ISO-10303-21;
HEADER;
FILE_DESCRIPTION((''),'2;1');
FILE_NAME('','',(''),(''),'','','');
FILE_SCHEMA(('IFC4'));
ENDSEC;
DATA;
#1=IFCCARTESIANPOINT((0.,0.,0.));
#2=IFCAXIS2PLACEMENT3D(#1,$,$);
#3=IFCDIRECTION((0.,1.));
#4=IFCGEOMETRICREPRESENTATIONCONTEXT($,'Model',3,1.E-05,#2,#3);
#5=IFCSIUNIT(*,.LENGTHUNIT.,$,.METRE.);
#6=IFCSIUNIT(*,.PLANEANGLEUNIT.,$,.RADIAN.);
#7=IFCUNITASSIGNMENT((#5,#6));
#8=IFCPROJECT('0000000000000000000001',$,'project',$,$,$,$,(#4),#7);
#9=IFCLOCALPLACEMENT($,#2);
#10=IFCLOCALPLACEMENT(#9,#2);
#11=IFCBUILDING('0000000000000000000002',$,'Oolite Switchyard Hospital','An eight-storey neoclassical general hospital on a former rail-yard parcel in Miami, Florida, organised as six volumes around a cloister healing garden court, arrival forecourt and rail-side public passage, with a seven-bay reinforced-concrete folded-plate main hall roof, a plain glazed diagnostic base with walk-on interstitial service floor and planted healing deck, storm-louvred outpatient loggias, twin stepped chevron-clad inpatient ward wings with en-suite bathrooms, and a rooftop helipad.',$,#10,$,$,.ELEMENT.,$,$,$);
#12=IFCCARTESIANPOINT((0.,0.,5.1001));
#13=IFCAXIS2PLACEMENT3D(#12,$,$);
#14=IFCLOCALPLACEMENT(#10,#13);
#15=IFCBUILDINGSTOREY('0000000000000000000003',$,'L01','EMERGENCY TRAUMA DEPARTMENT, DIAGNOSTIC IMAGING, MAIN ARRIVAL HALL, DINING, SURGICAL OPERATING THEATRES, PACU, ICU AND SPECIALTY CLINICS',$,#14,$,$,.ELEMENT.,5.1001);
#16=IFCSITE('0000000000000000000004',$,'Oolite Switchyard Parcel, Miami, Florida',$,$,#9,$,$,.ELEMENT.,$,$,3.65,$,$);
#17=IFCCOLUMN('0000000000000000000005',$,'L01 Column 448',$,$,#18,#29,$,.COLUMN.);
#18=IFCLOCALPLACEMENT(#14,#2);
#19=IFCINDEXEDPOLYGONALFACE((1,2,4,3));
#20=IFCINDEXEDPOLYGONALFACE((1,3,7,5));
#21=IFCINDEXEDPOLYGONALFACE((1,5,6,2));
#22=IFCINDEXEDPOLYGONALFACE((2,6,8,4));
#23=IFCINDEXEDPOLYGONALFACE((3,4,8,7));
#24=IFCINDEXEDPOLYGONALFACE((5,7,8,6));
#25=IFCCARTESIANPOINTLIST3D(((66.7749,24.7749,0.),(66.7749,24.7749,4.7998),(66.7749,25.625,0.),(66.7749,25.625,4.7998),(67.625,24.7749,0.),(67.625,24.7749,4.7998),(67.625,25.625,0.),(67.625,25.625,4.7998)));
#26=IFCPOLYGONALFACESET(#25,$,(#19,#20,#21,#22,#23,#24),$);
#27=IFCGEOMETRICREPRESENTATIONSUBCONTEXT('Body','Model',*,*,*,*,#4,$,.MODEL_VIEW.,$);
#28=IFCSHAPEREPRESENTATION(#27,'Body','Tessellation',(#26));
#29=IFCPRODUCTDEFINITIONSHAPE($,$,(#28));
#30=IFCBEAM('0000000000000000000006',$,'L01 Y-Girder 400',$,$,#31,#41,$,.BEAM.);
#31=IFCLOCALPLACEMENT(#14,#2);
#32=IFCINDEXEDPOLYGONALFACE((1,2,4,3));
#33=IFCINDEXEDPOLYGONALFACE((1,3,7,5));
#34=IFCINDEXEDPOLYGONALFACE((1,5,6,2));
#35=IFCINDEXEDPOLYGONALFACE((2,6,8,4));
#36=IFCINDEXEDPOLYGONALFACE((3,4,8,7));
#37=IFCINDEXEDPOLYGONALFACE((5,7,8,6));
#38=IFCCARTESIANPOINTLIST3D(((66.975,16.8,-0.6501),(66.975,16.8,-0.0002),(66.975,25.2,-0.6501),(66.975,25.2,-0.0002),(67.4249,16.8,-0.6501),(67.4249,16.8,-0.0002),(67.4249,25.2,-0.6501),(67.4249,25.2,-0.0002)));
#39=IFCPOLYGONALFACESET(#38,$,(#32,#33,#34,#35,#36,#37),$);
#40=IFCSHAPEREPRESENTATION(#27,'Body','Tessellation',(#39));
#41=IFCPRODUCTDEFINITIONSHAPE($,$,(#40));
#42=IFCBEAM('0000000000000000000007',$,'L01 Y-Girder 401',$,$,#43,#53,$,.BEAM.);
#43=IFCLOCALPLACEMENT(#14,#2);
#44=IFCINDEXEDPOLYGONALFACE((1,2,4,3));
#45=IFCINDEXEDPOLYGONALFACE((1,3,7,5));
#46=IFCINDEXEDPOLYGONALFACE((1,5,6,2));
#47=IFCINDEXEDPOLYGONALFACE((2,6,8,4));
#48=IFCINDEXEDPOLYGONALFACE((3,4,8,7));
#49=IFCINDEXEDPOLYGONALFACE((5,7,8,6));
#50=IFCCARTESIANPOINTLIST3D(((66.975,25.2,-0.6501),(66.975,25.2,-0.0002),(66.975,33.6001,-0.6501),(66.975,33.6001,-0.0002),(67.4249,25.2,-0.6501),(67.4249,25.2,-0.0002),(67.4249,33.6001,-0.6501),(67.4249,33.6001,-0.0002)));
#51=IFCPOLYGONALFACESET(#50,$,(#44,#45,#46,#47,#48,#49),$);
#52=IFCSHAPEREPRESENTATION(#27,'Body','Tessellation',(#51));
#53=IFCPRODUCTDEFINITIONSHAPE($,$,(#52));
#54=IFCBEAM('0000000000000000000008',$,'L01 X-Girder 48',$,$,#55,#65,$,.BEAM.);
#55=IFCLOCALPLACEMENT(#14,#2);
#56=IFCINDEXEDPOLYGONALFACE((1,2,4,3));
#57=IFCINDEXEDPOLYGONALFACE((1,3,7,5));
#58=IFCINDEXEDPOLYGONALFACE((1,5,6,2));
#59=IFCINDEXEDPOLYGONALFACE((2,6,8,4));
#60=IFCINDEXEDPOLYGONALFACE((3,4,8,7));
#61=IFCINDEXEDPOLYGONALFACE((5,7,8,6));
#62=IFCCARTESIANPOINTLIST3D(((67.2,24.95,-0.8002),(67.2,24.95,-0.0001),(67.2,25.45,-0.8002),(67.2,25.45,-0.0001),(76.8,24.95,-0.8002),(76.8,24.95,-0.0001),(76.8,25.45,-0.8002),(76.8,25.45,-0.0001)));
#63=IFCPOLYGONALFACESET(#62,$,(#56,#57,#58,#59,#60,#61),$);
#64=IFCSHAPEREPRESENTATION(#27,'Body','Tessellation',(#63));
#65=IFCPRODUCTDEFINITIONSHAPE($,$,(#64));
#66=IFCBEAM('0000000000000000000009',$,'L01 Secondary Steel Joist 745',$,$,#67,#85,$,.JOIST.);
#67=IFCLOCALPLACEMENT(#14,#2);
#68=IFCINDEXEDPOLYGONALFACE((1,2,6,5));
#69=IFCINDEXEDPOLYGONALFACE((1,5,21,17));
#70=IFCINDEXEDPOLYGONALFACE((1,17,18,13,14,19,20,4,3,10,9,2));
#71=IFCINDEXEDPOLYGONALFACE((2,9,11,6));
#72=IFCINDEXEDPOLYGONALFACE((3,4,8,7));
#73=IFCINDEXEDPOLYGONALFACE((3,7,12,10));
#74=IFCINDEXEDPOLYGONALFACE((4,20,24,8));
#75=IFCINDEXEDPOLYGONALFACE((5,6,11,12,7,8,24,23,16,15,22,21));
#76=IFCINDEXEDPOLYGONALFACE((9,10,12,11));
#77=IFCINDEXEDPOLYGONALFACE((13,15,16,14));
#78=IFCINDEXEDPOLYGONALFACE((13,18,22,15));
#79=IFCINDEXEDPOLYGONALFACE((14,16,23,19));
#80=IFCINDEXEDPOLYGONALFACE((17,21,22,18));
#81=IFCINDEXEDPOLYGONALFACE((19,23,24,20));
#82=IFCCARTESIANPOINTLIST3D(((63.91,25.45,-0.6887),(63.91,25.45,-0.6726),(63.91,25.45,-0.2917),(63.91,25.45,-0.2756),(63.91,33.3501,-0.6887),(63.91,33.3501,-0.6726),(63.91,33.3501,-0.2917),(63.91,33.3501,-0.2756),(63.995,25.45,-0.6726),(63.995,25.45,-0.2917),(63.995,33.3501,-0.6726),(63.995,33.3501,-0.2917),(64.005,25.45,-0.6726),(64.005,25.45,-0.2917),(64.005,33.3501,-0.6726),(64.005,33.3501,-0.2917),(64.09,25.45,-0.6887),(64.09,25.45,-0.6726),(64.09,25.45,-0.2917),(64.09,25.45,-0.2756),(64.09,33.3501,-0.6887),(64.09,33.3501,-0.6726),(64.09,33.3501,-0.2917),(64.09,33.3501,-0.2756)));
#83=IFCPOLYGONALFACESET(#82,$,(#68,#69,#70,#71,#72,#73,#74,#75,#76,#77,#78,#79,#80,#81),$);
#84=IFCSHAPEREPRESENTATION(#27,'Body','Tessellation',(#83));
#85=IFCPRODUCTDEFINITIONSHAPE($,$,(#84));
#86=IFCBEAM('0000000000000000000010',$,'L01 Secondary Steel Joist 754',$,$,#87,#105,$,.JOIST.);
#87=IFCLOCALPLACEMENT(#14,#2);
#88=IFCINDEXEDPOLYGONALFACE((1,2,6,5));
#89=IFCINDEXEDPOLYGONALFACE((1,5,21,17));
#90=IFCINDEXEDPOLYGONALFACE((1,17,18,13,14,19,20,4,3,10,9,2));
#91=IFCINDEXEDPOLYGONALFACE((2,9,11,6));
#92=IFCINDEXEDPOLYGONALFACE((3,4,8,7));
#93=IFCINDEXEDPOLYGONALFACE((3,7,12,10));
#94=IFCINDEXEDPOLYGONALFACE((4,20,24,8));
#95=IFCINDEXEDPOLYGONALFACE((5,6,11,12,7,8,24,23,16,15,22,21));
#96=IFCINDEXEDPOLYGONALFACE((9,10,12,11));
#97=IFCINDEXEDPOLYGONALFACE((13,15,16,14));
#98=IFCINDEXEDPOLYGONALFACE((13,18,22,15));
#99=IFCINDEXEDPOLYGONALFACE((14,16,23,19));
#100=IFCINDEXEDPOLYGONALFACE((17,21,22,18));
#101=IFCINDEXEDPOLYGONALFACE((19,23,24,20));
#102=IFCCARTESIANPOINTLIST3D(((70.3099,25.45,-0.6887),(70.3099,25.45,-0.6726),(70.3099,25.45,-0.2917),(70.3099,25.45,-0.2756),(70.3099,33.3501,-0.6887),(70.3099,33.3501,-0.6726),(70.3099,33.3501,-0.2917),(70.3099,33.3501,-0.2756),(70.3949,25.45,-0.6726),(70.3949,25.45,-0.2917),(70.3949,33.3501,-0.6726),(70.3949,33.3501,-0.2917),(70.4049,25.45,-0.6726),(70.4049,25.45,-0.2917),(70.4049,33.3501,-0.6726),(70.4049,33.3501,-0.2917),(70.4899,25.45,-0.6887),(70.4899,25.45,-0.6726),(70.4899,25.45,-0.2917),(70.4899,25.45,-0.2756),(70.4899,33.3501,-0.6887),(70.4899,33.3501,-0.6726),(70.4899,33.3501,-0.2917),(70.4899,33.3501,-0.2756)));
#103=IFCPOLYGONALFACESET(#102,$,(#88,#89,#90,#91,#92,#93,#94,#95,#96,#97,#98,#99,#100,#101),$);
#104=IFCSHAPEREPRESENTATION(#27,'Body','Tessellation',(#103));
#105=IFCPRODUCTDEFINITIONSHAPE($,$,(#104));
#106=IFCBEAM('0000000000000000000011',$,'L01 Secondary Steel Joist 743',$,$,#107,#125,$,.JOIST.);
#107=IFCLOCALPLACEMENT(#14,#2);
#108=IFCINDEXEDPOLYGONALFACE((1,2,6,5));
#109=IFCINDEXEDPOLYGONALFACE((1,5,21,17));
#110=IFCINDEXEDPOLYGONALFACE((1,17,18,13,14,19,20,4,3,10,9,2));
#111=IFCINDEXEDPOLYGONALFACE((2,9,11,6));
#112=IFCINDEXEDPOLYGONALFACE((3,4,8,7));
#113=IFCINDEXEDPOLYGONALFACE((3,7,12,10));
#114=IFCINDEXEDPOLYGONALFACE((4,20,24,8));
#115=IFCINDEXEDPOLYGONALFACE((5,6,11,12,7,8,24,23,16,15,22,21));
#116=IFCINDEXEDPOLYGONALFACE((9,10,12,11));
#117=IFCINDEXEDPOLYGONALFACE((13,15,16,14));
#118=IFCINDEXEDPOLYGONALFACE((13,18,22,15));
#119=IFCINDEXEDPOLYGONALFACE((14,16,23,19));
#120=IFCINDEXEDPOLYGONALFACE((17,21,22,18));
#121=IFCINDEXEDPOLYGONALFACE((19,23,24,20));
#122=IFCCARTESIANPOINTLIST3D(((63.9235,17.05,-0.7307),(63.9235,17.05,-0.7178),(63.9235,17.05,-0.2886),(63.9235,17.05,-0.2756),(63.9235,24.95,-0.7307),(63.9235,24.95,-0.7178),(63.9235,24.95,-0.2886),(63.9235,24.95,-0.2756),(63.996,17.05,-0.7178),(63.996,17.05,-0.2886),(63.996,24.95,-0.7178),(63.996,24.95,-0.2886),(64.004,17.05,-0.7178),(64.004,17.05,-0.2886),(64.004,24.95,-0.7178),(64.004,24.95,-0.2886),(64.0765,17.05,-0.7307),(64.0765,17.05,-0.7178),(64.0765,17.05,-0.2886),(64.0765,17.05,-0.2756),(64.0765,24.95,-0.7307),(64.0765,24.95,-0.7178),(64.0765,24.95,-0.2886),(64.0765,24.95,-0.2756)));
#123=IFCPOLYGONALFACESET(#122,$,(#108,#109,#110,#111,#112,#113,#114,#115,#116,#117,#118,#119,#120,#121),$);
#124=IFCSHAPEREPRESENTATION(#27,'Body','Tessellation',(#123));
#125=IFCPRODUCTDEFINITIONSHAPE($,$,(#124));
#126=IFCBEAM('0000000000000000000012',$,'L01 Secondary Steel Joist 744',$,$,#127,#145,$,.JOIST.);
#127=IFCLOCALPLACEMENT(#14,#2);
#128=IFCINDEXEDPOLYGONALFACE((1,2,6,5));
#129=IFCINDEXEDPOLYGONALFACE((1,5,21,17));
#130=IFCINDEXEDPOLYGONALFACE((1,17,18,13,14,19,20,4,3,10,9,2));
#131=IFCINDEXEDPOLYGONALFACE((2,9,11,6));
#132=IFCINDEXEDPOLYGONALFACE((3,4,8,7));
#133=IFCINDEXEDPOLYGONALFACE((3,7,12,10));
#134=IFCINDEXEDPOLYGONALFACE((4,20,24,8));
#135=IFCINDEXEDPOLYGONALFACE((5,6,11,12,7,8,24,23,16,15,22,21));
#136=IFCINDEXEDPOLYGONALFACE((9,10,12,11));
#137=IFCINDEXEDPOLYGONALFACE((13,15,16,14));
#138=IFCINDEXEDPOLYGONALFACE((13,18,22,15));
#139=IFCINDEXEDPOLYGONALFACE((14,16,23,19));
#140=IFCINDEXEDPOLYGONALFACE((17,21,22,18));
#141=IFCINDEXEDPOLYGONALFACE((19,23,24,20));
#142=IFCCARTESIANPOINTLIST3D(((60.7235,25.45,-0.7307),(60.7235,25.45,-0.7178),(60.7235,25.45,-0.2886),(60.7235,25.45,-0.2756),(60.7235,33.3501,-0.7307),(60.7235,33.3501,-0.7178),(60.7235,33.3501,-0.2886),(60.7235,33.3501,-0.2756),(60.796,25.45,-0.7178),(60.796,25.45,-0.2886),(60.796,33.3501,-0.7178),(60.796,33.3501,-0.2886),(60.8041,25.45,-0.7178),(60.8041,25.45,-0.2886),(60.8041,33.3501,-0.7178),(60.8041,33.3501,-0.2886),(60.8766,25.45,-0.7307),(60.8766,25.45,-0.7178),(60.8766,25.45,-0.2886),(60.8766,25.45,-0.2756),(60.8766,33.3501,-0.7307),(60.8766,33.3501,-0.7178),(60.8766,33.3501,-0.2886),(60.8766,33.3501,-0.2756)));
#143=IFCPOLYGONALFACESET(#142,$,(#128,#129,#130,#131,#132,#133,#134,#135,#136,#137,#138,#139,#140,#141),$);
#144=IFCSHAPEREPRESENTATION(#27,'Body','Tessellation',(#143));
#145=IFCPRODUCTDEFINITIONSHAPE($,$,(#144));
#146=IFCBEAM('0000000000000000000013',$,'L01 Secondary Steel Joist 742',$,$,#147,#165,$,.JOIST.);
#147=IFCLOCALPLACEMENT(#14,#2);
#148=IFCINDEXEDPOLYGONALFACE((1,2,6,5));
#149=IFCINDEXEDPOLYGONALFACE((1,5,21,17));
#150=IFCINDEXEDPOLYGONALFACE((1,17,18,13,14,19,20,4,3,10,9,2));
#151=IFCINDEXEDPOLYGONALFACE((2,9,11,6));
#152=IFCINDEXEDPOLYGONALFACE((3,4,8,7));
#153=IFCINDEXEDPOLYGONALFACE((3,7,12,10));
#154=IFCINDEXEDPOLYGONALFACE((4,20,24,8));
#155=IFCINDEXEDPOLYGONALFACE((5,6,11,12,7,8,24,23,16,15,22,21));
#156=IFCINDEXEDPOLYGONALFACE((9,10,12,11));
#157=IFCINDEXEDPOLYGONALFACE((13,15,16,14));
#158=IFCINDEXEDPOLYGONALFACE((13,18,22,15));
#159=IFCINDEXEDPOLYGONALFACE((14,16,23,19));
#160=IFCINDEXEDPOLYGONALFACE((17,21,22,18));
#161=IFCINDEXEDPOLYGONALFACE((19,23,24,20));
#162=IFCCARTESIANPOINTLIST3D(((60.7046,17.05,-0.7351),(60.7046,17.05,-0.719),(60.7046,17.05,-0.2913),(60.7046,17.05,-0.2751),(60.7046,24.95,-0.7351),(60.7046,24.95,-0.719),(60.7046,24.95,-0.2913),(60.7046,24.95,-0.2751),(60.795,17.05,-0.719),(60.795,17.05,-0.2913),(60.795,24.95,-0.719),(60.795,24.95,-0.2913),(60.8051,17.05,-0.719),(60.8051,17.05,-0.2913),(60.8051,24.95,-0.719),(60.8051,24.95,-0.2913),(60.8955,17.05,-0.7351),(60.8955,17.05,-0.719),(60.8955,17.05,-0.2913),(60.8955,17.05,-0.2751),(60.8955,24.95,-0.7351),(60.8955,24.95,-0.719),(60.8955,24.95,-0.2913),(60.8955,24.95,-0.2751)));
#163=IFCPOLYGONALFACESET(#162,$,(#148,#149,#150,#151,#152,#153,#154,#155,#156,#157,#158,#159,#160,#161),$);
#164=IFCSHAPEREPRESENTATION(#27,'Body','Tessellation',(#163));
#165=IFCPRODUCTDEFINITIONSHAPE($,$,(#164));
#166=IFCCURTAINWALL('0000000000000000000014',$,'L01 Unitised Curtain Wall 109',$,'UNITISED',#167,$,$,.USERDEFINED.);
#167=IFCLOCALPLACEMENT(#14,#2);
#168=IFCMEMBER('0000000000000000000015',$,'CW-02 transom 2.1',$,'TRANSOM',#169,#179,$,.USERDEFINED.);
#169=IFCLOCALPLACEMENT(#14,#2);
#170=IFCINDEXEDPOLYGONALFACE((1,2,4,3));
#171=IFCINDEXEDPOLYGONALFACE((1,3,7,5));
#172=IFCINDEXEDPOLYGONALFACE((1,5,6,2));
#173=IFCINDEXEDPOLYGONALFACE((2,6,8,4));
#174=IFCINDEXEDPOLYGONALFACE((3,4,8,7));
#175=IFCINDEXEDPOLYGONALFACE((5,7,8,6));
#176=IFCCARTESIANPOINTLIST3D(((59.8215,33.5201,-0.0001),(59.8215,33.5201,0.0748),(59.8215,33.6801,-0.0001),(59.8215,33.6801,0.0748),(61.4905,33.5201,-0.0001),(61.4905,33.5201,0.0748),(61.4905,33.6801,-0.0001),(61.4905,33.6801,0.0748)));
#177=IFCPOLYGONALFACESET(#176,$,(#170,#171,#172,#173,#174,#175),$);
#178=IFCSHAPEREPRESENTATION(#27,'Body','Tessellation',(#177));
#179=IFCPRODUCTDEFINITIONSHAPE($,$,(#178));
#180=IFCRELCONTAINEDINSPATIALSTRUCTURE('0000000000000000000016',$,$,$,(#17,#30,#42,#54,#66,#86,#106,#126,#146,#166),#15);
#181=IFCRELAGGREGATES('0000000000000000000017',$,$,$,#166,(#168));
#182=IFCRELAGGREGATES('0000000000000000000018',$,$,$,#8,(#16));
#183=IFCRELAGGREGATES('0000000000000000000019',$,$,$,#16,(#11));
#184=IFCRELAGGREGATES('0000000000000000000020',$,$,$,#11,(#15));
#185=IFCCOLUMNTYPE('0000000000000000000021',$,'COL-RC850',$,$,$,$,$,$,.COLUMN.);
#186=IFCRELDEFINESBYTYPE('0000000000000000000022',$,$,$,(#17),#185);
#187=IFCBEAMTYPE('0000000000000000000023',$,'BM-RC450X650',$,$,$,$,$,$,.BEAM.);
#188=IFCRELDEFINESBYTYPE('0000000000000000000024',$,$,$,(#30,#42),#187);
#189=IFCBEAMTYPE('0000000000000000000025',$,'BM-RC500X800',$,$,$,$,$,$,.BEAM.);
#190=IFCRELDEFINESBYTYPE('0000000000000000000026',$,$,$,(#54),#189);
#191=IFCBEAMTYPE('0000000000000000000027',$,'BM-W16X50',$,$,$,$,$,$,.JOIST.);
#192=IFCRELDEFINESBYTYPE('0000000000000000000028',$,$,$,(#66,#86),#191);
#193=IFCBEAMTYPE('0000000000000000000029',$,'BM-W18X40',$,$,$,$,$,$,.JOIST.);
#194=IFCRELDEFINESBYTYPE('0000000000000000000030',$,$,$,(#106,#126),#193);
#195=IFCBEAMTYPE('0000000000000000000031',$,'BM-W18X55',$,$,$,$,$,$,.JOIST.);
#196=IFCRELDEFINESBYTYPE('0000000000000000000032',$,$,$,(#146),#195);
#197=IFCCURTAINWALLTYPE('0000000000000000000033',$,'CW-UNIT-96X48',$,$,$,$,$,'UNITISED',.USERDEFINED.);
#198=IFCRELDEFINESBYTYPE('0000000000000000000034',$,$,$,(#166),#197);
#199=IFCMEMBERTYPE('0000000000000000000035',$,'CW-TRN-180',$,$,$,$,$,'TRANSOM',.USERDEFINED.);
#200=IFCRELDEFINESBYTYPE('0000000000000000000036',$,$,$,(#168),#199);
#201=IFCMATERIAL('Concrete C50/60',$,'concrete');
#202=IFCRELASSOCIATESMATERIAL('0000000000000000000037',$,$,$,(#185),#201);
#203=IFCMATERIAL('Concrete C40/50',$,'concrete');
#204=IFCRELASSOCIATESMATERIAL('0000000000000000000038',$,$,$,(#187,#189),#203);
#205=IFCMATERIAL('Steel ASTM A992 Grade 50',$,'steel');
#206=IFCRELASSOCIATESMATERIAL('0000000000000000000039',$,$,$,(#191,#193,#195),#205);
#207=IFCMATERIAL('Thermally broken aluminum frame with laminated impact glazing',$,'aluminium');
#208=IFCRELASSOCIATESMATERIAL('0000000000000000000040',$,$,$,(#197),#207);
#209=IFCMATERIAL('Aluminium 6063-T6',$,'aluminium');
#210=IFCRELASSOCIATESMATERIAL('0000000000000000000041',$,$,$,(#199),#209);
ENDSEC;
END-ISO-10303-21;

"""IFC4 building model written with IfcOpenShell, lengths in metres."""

from ifc_helpers import new_model, si_unit, direction, frame, origin, origin_2d, place, context, subcontext, project, spatial, rectangle, i_section, extrude, material, material_profile, profile_set, type_object, element, aggregate, save


model = new_model("IFC4")

# Units and contexts
model_context = context("Model", 3, precision=1e-05, world=origin(), true_north=direction((0.0, 1.0)))
body_context = subcontext(model_context, "Body", "Model", "MODEL_VIEW")
ifc_project = project(units=[si_unit("LENGTHUNIT", "METRE"), si_unit("PLANEANGLEUNIT", "RADIAN")], contexts=[model_context])

# Site, building, storey
site_placement = place(None, origin())
site = spatial("IfcSite", under=ifc_project, at=site_placement, Name="Oolite Switchyard Parcel, Miami, Florida", CompositionType="ELEMENT", RefElevation=3.65)
building_placement = place(site_placement, origin())
building = spatial("IfcBuilding", under=site, at=building_placement, Name="Oolite Switchyard Hospital", Description="An eight-storey neoclassical general hospital on a former rail-yard parcel in Miami, Florida, organised as six volumes around a cloister healing garden court, arrival forecourt and rail-side public passage, with a seven-bay reinforced-concrete folded-plate main hall roof, a plain glazed diagnostic base with walk-on interstitial service floor and planted healing deck, storm-louvred outpatient loggias, twin stepped chevron-clad inpatient ward wings with en-suite bathrooms, and a rooftop helipad.", CompositionType="ELEMENT")
storey_placement = place(building_placement, frame((0.0, 0.0, 5.1001)))
storey = spatial("IfcBuildingStorey", under=building, at=storey_placement, Name="L01", Description="EMERGENCY TRAUMA DEPARTMENT, DIAGNOSTIC IMAGING, MAIN ARRIVAL HALL, DINING, SURGICAL OPERATING THEATRES, PACU, ICU AND SPECIALTY CLINICS", CompositionType="ELEMENT", Elevation=5.1001)

# Column
ifc_material_1 = material(Name="Concrete C50/60", Category="concrete")
ifc_material_profile_1 = material_profile(ifc_material_1, rectangle(XDim=0.8501, YDim=0.8501, at=origin_2d()), Name="RC850X850")
ifc_profile_set_1 = profile_set([ifc_material_profile_1], Name="Concrete C50/60")
column_type = type_object("IfcColumnType", Name="COL-RC850", PredefinedType="COLUMN", material=ifc_profile_set_1)
column_placement = place(storey_placement, frame((67.2, 25.2, 0.0), z_axis=(0.0, 0.0, 1.0), x_axis=(1.0, 0.0, 0.0)))
element("IfcColumn", 1, at=column_placement, inside=storey, type_object=column_type, Name="L01 Column 448", PredefinedType="COLUMN", context=body_context, shape_type="SweptSolid", body=[
    extrude(rectangle(XDim=0.8501, YDim=0.8501, at=origin_2d()), origin(), (0.0, 0.0, 1.0), 4.7998),
])

# Beams
ifc_material_2 = material(Name="Concrete C40/50", Category="concrete")
ifc_material_profile_2 = material_profile(ifc_material_2, rectangle(XDim=0.45, YDim=0.6499, at=origin_2d()), Name="RCB450X650")
ifc_profile_set_2 = profile_set([ifc_material_profile_2], Name="Concrete C40/50")
beam_type_1 = type_object("IfcBeamType", Name="BM-RC450X650", PredefinedType="BEAM", material=ifc_profile_set_2)
beam_1_placement = place(storey_placement, frame((67.2, 16.8, -0.3252), z_axis=(0.0, 1.0, 0.0), x_axis=(-1.0, 0.0, 0.0)))
element("IfcBeam", 2, at=beam_1_placement, inside=storey, type_object=beam_type_1, Name="L01 Y-Girder 400", PredefinedType="BEAM", context=body_context, shape_type="SweptSolid", body=[
    extrude(rectangle(XDim=0.45, YDim=0.6499, at=origin_2d()), origin(), (0.0, 0.0, 1.0), 8.3999),
])
beam_2_placement = place(storey_placement, frame((67.2, 25.2, -0.3252), z_axis=(0.0, 1.0, 0.0), x_axis=(-1.0, 0.0, 0.0)))
element("IfcBeam", 3, at=beam_2_placement, inside=storey, type_object=beam_type_1, Name="L01 Y-Girder 401", PredefinedType="BEAM", context=body_context, shape_type="SweptSolid", body=[
    extrude(rectangle(XDim=0.45, YDim=0.6499, at=origin_2d()), origin(), (0.0, 0.0, 1.0), 8.4001),
])
ifc_material_profile_3 = material_profile(ifc_material_2, rectangle(XDim=0.5, YDim=0.8, at=origin_2d()), Name="RCB500X800")
ifc_profile_set_3 = profile_set([ifc_material_profile_3], Name="Concrete C40/50")
beam_type_2 = type_object("IfcBeamType", Name="BM-RC500X800", PredefinedType="BEAM", material=ifc_profile_set_3)
beam_3_placement = place(storey_placement, frame((67.2, 25.2, -0.4001), z_axis=(1.0, 0.0, 0.0), x_axis=(0.0, 1.0, 0.0)))
element("IfcBeam", 4, at=beam_3_placement, inside=storey, type_object=beam_type_2, Name="L01 X-Girder 48", PredefinedType="BEAM", context=body_context, shape_type="SweptSolid", body=[
    extrude(rectangle(XDim=0.5, YDim=0.8, at=origin_2d()), origin(), (0.0, 0.0, 1.0), 9.6001),
])
ifc_material_3 = material(Name="Steel ASTM A992 Grade 50", Category="steel")
ifc_material_profile_4 = material_profile(ifc_material_3, i_section(OverallWidth=0.1799, OverallDepth=0.4131, WebThickness=0.01, FlangeThickness=0.0161, at=origin_2d()), Name="W16X50")
ifc_profile_set_4 = profile_set([ifc_material_profile_4], Name="Steel ASTM A992 Grade 50")
beam_type_3 = type_object("IfcBeamType", Name="BM-W16X50", PredefinedType="JOIST", material=ifc_profile_set_4)
for number, where, z_axis, x_axis, name in (
    (5, (64.0, 25.45, -0.4822), (0.0, 1.0, 0.0), (-1.0, 0.0, 0.0), "L01 Secondary Steel Joist 745"),
    (6, (70.3999, 25.45, -0.4822), (0.0, 1.0, 0.0), (-1.0, 0.0, 0.0), "L01 Secondary Steel Joist 754"),
):
    element("IfcBeam", number, at=place(storey_placement, frame(where, z_axis=z_axis, x_axis=x_axis)), inside=storey, type_object=beam_type_3, Name=name, PredefinedType="JOIST", context=body_context, shape_type="SweptSolid", body=[
        extrude(i_section(OverallWidth=0.1799, OverallDepth=0.4131, WebThickness=0.01, FlangeThickness=0.0161, at=origin_2d()), origin(), (0.0, 0.0, 1.0), 7.9001),
    ])
ifc_material_profile_5 = material_profile(ifc_material_3, i_section(OverallWidth=0.1531, OverallDepth=0.4551, WebThickness=0.0081, FlangeThickness=0.0129, at=origin_2d()), Name="W18X40")
ifc_profile_set_5 = profile_set([ifc_material_profile_5], Name="Steel ASTM A992 Grade 50")
beam_type_4 = type_object("IfcBeamType", Name="BM-W18X40", PredefinedType="JOIST", material=ifc_profile_set_5)
beam_4_placement = place(storey_placement, frame((64.0, 17.05, -0.5032), z_axis=(0.0, 1.0, 0.0), x_axis=(-1.0, 0.0, 0.0)))
element("IfcBeam", 7, at=beam_4_placement, inside=storey, type_object=beam_type_4, Name="L01 Secondary Steel Joist 743", PredefinedType="JOIST", context=body_context, shape_type="SweptSolid", body=[
    extrude(i_section(OverallWidth=0.1531, OverallDepth=0.4551, WebThickness=0.0081, FlangeThickness=0.0129, at=origin_2d()), origin(), (0.0, 0.0, 1.0), 7.8999),
])
beam_5_placement = place(storey_placement, frame((60.8, 25.45, -0.5032), z_axis=(0.0, 1.0, 0.0), x_axis=(-1.0, 0.0, 0.0)))
element("IfcBeam", 8, at=beam_5_placement, inside=storey, type_object=beam_type_4, Name="L01 Secondary Steel Joist 744", PredefinedType="JOIST", context=body_context, shape_type="SweptSolid", body=[
    extrude(i_section(OverallWidth=0.1531, OverallDepth=0.4551, WebThickness=0.0081, FlangeThickness=0.0129, at=origin_2d()), origin(), (0.0, 0.0, 1.0), 7.9001),
])
ifc_material_profile_6 = material_profile(ifc_material_3, i_section(OverallWidth=0.1909, OverallDepth=0.46, WebThickness=0.01, FlangeThickness=0.0161, at=origin_2d()), Name="W18X55")
ifc_profile_set_6 = profile_set([ifc_material_profile_6], Name="Steel ASTM A992 Grade 50")
beam_type_5 = type_object("IfcBeamType", Name="BM-W18X55", PredefinedType="JOIST", material=ifc_profile_set_6)
beam_6_placement = place(storey_placement, frame((60.8, 17.05, -0.5051), z_axis=(0.0, 1.0, 0.0), x_axis=(-1.0, 0.0, 0.0)))
element("IfcBeam", 9, at=beam_6_placement, inside=storey, type_object=beam_type_5, Name="L01 Secondary Steel Joist 742", PredefinedType="JOIST", context=body_context, shape_type="SweptSolid", body=[
    extrude(i_section(OverallWidth=0.1909, OverallDepth=0.46, WebThickness=0.01, FlangeThickness=0.0161, at=origin_2d()), origin(), (0.0, 0.0, 1.0), 7.8999),
])

# Curtain wall, member
ifc_material_4 = material(Name="Thermally broken aluminum frame with laminated impact glazing", Category="aluminium")
curtain_wall_type = type_object("IfcCurtainWallType", Name="CW-UNIT-96X48", ElementType="UNITISED", PredefinedType="USERDEFINED", material=ifc_material_4)
curtain_wall_placement = place(storey_placement, origin())
curtain_wall = element("IfcCurtainWall", 10, at=curtain_wall_placement, inside=storey, type_object=curtain_wall_type, Name="L01 Unitised Curtain Wall 109", ObjectType="UNITISED", PredefinedType="USERDEFINED")
ifc_material_5 = material(Name="Aluminium 6063-T6", Category="aluminium")
ifc_material_profile_7 = material_profile(ifc_material_5, rectangle(XDim=0.1599, YDim=0.075, at=origin_2d()), Name="CWT75X160")
ifc_profile_set_7 = profile_set([ifc_material_profile_7], Name="Aluminium 6063-T6")
member_type_1 = type_object("IfcMemberType", Name="CW-TRN-180", ElementType="TRANSOM", PredefinedType="USERDEFINED", material=ifc_profile_set_7)
member_1_placement = place(storey_placement, frame((59.8215, 33.6001, 0.0374), z_axis=(1.0, 0.0, 0.0), x_axis=(0.0, 1.0, 0.0)))
member_1 = element("IfcMember", 11, at=member_1_placement, type_object=member_type_1, Name="CW-02 transom 2.1", ObjectType="TRANSOM", PredefinedType="USERDEFINED", context=body_context, shape_type="SweptSolid", body=[
    extrude(rectangle(XDim=0.1599, YDim=0.075, at=origin_2d()), origin(), (0.0, 0.0, 1.0), 1.6689),
])

aggregate(curtain_wall, [member_1])

save(model, "model.ifc")
